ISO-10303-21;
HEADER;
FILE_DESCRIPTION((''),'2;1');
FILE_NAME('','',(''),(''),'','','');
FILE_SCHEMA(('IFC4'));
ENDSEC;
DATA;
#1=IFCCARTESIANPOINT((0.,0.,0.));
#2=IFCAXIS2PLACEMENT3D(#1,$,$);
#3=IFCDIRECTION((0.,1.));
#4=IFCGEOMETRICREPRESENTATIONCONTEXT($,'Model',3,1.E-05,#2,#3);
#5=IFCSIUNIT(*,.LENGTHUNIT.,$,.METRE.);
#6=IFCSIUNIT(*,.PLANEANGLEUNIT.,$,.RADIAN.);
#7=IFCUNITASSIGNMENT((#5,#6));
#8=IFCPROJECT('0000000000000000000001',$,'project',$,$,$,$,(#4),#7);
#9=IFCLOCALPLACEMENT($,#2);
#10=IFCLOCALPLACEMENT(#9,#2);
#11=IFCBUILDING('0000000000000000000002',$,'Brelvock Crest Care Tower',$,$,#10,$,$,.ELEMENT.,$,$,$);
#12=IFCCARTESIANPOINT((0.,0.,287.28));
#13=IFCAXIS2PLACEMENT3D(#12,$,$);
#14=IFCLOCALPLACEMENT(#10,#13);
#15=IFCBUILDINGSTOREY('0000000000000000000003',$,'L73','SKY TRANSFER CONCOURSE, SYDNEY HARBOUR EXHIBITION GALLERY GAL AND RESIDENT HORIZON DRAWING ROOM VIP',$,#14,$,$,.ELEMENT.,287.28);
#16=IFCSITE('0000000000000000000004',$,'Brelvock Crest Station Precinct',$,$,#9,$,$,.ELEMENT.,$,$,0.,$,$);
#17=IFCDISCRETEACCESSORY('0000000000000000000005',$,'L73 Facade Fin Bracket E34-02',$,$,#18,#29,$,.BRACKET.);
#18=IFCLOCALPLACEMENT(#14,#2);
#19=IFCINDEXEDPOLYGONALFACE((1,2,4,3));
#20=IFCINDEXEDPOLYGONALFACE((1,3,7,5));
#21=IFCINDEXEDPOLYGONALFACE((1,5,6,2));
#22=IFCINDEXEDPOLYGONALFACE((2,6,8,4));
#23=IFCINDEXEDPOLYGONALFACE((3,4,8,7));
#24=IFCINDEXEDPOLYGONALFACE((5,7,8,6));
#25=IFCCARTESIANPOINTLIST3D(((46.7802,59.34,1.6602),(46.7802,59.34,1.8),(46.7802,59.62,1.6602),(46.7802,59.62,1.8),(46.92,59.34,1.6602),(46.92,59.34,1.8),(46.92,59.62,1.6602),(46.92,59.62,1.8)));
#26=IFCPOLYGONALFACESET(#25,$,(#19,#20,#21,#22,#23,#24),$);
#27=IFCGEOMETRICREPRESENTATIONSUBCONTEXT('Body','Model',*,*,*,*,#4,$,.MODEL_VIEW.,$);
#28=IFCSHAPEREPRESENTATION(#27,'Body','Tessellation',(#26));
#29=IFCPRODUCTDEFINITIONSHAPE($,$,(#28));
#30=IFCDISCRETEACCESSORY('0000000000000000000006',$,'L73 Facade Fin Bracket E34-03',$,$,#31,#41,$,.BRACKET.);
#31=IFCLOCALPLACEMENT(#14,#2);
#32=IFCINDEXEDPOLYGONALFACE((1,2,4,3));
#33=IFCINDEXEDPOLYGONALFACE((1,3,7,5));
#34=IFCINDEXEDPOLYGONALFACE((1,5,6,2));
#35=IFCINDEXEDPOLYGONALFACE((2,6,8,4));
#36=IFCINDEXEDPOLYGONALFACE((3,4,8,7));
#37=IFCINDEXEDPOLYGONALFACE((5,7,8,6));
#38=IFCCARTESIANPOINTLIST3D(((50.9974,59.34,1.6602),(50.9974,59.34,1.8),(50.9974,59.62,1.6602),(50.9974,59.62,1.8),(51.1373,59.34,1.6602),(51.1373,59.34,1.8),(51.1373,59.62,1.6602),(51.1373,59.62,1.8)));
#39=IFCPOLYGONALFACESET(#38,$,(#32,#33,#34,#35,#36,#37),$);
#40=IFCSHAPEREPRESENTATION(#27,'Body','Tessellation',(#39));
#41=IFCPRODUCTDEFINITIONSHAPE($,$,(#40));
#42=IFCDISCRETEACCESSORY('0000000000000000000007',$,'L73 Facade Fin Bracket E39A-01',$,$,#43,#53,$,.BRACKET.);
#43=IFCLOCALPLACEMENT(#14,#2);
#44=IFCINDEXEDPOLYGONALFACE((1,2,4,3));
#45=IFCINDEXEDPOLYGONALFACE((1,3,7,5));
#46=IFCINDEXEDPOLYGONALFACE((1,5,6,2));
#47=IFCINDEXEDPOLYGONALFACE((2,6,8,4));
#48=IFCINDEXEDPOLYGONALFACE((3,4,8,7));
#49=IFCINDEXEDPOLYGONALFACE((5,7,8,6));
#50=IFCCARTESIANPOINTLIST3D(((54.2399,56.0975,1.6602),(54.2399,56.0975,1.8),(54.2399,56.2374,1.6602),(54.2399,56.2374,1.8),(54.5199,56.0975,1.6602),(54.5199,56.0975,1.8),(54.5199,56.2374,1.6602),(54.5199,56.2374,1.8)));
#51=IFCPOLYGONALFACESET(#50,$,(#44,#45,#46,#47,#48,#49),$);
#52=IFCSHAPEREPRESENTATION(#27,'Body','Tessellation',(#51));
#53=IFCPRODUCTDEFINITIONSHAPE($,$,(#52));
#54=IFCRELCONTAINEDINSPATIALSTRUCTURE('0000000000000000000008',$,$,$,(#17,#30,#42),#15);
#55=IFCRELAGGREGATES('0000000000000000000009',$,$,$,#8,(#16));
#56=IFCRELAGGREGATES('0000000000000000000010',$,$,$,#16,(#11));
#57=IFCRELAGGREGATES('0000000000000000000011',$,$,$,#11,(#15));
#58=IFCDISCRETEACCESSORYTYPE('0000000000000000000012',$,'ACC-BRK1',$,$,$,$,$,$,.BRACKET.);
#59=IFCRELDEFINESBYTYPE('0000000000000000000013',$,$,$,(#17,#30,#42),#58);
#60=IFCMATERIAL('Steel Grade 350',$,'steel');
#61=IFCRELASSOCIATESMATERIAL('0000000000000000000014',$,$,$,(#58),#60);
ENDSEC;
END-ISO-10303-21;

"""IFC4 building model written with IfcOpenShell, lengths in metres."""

from ifc_helpers import new_model, si_unit, direction, frame, origin, origin_2d, place, context, subcontext, project, spatial, rectangle, extrude, source, transform, mapped, material, type_object, element, save


model = new_model("IFC4")

# Units and contexts
model_context = context("Model", 3, precision=1e-05, world=origin(), true_north=direction((0.0, 1.0)))
body_context = subcontext(model_context, "Body", "Model", "MODEL_VIEW")
ifc_project = project(units=[si_unit("LENGTHUNIT", "METRE"), si_unit("PLANEANGLEUNIT", "RADIAN")], contexts=[model_context])

# Site, building, storey
site_placement = place(None, origin())
site = spatial("IfcSite", under=ifc_project, at=site_placement, Name="Brelvock Crest Station Precinct", CompositionType="ELEMENT", RefElevation=0.0)
building_placement = place(site_placement, origin())
building = spatial("IfcBuilding", under=site, at=building_placement, Name="Brelvock Crest Care Tower", CompositionType="ELEMENT")
storey_placement = place(building_placement, frame((0.0, 0.0, 287.28)))
storey = spatial("IfcBuildingStorey", under=building, at=storey_placement, Name="L73", Description="SKY TRANSFER CONCOURSE, SYDNEY HARBOUR EXHIBITION GALLERY GAL AND RESIDENT HORIZON DRAWING ROOM VIP", CompositionType="ELEMENT", Elevation=287.28)

# Discrete accessories
ifc_material_1 = material(Name="Steel Grade 350", Category="steel")
discrete_accessory_type = type_object("IfcDiscreteAccessoryType", Name="ACC-BRK1", PredefinedType="BRACKET", material=ifc_material_1)
shared_shape_1 = source(origin(), body_context, "Body", "SweptSolid", [
    extrude(rectangle(XDim=0.28, YDim=0.1399, at=origin_2d()), origin(), (0.0, 0.0, 1.0), 0.1399),
])
for number, where, z_axis, x_axis, name in (
    (1, (46.8501, 59.48, 1.6602), (0.0, 0.0, 1.0), (0.0, 1.0, 0.0), "L73 Facade Fin Bracket E34-02"),
    (2, (51.0674, 59.48, 1.6602), (0.0, 0.0, 1.0), (0.0, 1.0, 0.0), "L73 Facade Fin Bracket E34-03"),
    (3, (54.3799, 56.1675, 1.6602), (0.0, 0.0, 1.0), (1.0, 0.0, 0.0), "L73 Facade Fin Bracket E39A-01"),
):
    element("IfcDiscreteAccessory", number, at=place(storey_placement, frame(where, z_axis=z_axis, x_axis=x_axis)), inside=storey, type_object=discrete_accessory_type, Name=name, PredefinedType="BRACKET", context=body_context, shape_type="MappedRepresentation", body=[
        mapped(shared_shape_1, transform((0.0, 0.0, 0.0), x_axis=(1.0, 0.0, 0.0), y_axis=(0.0, 1.0, 0.0), z_axis=(0.0, 0.0, 1.0), scale=1.0)),
    ])

save(model, "model.ifc")
